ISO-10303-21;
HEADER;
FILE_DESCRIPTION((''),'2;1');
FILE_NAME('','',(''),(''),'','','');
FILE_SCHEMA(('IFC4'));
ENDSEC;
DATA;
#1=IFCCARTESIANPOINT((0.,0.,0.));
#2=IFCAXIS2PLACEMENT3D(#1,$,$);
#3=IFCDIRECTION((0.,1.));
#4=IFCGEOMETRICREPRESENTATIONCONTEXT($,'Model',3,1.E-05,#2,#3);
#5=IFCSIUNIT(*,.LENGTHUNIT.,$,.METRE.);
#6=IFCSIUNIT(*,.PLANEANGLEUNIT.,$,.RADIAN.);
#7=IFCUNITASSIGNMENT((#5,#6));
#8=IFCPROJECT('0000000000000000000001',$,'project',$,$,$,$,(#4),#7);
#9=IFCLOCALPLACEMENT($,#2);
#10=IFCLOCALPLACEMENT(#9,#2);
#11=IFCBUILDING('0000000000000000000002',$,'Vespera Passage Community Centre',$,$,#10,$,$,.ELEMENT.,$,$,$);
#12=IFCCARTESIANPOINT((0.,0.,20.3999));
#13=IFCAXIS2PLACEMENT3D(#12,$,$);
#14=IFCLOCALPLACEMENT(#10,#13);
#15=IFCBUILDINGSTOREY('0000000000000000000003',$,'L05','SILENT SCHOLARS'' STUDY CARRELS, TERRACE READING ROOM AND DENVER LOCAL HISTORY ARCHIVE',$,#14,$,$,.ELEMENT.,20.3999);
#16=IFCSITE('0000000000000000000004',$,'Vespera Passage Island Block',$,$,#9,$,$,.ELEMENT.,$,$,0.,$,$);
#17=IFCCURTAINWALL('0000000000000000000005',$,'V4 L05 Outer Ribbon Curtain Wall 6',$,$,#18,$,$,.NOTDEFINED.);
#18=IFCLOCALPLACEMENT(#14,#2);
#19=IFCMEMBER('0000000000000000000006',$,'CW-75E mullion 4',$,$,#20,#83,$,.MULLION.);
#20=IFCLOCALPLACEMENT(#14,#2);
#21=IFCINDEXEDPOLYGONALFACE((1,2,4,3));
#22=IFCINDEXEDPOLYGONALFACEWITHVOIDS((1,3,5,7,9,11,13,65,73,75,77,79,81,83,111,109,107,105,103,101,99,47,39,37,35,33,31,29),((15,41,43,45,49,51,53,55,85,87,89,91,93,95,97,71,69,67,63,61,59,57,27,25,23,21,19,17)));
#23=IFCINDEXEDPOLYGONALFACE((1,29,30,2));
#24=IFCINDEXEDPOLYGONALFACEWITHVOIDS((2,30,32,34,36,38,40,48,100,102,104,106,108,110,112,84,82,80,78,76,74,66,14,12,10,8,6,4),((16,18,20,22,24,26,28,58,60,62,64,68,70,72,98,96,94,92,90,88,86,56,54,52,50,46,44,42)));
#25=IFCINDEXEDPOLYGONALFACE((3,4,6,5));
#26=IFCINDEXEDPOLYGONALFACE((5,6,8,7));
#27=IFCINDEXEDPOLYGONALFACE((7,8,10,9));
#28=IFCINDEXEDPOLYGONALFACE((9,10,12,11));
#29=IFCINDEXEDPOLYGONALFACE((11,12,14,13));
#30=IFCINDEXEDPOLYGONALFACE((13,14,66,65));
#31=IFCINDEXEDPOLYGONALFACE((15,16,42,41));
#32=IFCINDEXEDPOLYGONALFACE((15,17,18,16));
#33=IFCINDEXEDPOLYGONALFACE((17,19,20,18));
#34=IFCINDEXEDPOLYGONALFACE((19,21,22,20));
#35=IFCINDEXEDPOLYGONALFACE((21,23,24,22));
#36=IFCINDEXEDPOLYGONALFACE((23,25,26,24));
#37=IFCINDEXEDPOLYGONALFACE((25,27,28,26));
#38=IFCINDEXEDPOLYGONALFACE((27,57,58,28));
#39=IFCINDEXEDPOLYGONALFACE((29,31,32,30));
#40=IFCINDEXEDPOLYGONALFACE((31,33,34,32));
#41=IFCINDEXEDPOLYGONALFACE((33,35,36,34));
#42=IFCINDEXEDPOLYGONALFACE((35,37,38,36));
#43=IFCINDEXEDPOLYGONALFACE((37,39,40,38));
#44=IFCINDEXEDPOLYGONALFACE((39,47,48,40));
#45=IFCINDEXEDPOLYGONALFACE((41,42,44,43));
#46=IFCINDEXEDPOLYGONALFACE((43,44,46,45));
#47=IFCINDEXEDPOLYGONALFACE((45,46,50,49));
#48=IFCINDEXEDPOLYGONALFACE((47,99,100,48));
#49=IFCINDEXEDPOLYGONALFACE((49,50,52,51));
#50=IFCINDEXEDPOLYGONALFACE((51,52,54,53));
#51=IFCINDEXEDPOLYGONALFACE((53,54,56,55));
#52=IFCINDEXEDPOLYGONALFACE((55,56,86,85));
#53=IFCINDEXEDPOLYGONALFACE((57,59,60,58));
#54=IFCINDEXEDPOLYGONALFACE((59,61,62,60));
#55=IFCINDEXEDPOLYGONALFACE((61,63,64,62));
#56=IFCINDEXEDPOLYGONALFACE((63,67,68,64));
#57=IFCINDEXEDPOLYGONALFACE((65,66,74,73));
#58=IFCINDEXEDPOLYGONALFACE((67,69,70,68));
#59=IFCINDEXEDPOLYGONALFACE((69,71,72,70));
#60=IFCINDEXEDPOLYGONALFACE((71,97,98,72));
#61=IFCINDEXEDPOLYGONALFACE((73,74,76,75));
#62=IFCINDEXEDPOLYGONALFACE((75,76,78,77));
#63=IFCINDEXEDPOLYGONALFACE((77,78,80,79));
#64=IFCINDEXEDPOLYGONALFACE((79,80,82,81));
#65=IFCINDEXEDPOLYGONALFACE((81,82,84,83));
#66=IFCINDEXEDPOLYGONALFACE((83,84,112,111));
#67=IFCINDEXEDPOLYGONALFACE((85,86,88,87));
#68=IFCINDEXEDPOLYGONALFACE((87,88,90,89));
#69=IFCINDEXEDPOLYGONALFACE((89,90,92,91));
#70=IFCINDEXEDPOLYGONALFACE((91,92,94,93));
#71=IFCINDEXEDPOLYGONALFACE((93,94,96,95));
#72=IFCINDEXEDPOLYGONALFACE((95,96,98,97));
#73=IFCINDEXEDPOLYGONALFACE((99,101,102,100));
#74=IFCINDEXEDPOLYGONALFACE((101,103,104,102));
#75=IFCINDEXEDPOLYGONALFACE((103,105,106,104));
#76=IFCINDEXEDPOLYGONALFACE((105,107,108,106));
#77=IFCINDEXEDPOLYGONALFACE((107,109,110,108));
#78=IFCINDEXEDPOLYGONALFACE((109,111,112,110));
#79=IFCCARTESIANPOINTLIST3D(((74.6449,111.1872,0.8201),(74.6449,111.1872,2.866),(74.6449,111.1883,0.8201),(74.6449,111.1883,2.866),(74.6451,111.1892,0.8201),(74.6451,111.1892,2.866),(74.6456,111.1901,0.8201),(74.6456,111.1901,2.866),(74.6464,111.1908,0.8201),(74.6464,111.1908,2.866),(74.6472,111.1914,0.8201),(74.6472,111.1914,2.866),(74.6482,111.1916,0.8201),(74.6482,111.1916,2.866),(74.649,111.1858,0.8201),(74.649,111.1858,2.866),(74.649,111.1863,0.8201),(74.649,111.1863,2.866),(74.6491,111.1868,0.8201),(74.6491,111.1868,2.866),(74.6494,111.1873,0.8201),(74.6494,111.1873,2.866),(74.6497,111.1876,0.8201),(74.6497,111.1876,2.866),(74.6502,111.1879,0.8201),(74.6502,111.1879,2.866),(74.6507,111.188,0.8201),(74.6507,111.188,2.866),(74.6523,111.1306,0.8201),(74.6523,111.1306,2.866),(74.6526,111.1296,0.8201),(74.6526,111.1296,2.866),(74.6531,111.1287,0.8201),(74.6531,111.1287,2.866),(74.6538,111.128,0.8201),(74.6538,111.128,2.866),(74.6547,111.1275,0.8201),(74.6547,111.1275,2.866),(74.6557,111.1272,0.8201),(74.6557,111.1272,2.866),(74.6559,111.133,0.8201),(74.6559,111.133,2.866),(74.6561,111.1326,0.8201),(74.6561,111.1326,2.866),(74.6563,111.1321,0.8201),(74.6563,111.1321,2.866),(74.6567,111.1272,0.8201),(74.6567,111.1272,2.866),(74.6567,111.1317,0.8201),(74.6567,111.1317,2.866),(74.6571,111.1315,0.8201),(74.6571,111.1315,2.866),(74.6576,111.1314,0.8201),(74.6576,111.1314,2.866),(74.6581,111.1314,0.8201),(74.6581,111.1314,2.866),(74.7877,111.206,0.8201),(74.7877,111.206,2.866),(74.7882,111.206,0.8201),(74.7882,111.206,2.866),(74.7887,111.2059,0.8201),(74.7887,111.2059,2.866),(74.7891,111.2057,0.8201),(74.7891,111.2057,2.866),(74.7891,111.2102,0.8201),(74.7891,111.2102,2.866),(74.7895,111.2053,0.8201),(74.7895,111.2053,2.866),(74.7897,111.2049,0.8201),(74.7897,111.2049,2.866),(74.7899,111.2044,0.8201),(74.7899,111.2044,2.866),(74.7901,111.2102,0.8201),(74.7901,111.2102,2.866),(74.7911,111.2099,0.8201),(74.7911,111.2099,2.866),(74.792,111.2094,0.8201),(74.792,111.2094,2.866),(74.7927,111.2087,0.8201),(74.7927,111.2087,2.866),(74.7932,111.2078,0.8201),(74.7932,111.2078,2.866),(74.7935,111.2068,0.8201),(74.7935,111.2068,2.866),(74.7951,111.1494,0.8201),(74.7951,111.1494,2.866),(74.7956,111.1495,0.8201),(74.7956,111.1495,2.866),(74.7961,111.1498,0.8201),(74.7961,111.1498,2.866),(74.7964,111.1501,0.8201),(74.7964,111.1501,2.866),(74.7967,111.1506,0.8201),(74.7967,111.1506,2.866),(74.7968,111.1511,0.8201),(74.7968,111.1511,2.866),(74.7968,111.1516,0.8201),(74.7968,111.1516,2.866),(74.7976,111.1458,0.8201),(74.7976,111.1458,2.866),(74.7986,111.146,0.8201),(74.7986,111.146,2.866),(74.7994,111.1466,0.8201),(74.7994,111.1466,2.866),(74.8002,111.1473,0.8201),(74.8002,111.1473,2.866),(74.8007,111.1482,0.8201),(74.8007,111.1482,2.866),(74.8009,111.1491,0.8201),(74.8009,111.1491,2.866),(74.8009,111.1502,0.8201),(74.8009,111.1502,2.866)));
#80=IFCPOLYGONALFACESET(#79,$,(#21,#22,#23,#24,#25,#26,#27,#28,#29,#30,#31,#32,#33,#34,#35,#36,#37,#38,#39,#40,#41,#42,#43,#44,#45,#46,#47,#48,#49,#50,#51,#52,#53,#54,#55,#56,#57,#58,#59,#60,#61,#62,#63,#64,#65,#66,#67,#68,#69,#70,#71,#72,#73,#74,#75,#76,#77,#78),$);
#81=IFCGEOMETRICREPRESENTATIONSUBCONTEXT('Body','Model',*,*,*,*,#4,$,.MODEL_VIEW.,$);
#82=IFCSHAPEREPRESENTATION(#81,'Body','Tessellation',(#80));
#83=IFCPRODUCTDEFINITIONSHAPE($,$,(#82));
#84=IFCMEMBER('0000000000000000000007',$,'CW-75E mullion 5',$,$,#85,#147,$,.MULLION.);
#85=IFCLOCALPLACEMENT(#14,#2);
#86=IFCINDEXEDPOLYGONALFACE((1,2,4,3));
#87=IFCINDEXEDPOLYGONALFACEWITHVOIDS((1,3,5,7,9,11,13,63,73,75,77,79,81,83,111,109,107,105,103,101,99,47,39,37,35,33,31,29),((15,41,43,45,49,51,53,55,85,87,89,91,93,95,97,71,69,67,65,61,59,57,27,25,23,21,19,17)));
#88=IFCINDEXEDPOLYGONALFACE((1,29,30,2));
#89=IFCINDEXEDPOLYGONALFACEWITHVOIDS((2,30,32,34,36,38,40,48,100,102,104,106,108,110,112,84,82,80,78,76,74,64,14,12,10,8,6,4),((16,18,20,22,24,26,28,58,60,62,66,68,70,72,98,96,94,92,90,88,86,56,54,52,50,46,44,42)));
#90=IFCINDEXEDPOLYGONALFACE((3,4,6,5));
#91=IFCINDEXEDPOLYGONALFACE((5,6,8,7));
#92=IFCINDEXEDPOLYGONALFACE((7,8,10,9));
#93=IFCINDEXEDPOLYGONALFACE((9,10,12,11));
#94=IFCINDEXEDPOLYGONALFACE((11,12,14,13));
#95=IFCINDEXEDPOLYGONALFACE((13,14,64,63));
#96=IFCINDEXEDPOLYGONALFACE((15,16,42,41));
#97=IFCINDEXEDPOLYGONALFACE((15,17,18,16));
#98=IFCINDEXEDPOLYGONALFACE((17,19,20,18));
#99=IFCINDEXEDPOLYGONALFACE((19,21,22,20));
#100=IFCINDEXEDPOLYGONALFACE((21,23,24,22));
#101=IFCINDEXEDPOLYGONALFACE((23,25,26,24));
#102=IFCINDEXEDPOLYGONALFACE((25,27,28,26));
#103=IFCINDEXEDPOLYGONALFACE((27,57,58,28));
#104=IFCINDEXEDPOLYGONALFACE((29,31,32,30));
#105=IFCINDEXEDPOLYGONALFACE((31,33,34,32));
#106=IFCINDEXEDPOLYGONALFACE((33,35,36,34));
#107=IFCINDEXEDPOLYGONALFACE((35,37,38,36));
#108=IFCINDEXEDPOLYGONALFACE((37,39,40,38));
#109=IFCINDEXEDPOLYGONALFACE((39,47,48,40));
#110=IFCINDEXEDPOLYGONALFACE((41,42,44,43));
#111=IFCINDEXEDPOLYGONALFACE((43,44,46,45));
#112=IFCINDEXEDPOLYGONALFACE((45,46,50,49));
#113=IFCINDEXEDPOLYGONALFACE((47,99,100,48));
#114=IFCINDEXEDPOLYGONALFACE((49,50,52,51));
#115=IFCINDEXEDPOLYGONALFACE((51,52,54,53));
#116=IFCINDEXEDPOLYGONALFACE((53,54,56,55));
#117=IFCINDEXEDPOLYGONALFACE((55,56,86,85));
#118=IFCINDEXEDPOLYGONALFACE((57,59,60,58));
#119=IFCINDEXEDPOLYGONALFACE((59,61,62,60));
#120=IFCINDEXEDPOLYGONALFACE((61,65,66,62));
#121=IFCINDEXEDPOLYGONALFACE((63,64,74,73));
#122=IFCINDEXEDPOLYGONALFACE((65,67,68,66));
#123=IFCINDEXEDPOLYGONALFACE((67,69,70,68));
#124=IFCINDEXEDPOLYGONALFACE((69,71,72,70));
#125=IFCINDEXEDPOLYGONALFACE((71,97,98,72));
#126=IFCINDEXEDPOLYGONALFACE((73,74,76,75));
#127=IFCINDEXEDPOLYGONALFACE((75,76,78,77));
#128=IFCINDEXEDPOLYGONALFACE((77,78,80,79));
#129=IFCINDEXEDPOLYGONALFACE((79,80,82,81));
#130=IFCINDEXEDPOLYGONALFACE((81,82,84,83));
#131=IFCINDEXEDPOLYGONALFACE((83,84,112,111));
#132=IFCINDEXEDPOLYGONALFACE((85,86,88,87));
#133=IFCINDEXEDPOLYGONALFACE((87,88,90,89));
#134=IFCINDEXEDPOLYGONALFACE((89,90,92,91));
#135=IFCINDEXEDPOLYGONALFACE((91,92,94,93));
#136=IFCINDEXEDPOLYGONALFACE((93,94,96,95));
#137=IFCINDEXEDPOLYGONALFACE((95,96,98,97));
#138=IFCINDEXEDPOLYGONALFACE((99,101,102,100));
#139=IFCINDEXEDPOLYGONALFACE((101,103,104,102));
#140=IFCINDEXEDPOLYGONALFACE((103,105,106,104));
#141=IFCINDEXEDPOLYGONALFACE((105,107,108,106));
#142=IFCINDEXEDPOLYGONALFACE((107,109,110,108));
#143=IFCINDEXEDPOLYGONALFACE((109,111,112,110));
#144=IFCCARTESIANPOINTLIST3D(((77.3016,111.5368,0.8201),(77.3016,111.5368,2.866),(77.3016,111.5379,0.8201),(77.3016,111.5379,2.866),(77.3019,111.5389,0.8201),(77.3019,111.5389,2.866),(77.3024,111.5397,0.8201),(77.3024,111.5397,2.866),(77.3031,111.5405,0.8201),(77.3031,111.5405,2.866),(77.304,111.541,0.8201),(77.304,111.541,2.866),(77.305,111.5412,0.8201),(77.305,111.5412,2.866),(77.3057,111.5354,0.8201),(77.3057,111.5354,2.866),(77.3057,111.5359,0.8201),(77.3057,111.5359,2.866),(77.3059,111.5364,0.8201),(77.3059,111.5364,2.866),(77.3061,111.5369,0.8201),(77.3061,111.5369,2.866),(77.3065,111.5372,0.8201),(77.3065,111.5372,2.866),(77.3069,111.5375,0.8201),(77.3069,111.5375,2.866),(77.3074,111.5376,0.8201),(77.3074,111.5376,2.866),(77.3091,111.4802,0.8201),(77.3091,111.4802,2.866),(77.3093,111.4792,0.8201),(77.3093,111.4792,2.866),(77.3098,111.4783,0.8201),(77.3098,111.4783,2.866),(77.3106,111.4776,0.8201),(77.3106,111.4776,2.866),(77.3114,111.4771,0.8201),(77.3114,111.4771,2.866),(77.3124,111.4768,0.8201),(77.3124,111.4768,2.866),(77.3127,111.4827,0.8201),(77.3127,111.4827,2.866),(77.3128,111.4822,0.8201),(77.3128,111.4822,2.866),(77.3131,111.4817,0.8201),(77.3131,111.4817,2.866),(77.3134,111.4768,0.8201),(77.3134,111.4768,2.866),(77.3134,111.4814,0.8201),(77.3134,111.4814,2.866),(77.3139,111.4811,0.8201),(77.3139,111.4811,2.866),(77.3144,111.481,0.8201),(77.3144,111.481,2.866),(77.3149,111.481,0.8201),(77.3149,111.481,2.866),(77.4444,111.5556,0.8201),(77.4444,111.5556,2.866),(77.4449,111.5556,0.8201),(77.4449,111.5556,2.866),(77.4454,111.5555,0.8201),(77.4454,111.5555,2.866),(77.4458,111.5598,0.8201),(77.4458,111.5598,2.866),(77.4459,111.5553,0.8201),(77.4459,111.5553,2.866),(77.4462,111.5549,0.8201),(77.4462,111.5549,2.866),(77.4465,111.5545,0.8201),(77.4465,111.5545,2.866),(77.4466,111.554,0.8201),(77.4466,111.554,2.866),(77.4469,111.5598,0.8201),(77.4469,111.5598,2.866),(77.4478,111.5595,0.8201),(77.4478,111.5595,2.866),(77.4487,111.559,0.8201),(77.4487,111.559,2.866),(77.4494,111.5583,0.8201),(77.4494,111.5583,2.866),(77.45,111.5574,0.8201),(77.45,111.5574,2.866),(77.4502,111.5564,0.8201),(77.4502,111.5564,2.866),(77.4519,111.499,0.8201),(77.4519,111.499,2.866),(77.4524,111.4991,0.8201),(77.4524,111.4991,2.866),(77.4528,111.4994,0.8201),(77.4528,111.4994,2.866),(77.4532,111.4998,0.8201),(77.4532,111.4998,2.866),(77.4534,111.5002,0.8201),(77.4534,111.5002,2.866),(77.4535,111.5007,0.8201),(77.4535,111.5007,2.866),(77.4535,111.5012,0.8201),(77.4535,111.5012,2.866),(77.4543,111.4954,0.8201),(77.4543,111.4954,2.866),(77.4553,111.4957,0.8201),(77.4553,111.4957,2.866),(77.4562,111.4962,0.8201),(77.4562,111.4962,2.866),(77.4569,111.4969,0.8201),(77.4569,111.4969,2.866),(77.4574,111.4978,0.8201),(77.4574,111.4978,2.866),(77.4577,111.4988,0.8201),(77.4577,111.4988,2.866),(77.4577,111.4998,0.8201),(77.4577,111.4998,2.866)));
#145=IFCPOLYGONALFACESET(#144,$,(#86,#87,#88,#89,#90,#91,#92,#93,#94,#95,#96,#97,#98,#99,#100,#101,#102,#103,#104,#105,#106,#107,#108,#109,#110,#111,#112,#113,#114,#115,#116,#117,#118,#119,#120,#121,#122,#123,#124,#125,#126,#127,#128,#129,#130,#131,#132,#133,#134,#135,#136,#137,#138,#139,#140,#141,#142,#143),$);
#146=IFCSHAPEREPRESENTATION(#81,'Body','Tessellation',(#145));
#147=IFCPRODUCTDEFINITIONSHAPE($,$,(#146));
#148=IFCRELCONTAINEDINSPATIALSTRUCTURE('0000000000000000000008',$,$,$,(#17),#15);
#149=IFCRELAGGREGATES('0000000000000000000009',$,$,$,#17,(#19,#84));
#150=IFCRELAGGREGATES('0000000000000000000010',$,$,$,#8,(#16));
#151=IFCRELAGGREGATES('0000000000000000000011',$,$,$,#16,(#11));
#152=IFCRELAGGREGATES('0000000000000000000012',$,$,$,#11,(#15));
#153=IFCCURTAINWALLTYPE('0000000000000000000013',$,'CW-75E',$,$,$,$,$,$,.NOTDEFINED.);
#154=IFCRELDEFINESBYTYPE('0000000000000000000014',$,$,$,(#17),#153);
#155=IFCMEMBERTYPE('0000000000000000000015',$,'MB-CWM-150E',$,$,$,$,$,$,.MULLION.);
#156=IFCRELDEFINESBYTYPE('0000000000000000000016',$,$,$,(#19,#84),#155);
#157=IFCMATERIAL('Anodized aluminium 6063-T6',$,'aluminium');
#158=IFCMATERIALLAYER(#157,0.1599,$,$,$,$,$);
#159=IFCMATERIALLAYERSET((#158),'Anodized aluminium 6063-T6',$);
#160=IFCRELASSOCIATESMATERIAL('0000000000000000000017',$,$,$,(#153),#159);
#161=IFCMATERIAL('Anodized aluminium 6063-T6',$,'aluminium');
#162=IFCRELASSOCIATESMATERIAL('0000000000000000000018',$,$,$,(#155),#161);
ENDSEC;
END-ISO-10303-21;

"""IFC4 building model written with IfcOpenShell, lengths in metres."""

from ifc_helpers import new_model, si_unit, direction, frame, origin, origin_2d, place, context, subcontext, project, spatial, hollow_rectangle, extrude, material, layer, layer_set, material_profile, profile_set, type_object, element, aggregate, save


model = new_model("IFC4")

# Units and contexts
model_context = context("Model", 3, precision=1e-05, world=origin(), true_north=direction((0.0, 1.0)))
body_context = subcontext(model_context, "Body", "Model", "MODEL_VIEW")
ifc_project = project(units=[si_unit("LENGTHUNIT", "METRE"), si_unit("PLANEANGLEUNIT", "RADIAN")], contexts=[model_context])

# Site, building, storey
site_placement = place(None, origin())
site = spatial("IfcSite", under=ifc_project, at=site_placement, Name="Vespera Passage Island Block", CompositionType="ELEMENT", RefElevation=0.0)
building_placement = place(site_placement, origin())
building = spatial("IfcBuilding", under=site, at=building_placement, Name="Vespera Passage Community Centre", CompositionType="ELEMENT")
storey_placement = place(building_placement, frame((0.0, 0.0, 20.3999)))
storey = spatial("IfcBuildingStorey", under=building, at=storey_placement, Name="L05", Description="SILENT SCHOLARS' STUDY CARRELS, TERRACE READING ROOM AND DENVER LOCAL HISTORY ARCHIVE", CompositionType="ELEMENT", Elevation=20.3999)

# Curtain wall, members
ifc_material_1 = material(Name="Anodized aluminium 6063-T6", Category="aluminium")
ifc_layer_1 = layer(ifc_material_1, 0.1599)
ifc_layer_set_1 = layer_set([ifc_layer_1], Name="Anodized aluminium 6063-T6")
curtain_wall_type = type_object("IfcCurtainWallType", Name="CW-75E", PredefinedType="NOTDEFINED", material=ifc_layer_set_1)
curtain_wall_placement = place(storey_placement, origin())
curtain_wall = element("IfcCurtainWall", 1, at=curtain_wall_placement, inside=storey, type_object=curtain_wall_type, Name="V4 L05 Outer Ribbon Curtain Wall 6", PredefinedType="NOTDEFINED")
ifc_material_2 = material(Name="Anodized aluminium 6063-T6", Category="aluminium")
ifc_material_profile_1 = material_profile(ifc_material_2, hollow_rectangle(XDim=0.0649, YDim=0.1499, WallThickness=0.0039, InnerFilletRadius=0.002, OuterFilletRadius=0.0039, at=origin_2d()), Name="ALU150X65X4")
ifc_profile_set_1 = profile_set([ifc_material_profile_1], Name="Anodized aluminium 6063-T6")
member_type_1 = type_object("IfcMemberType", Name="MB-CWM-150E", PredefinedType="MULLION", material=ifc_profile_set_1)
member_1_placement = place(storey_placement, frame((74.7229, 111.1687, 0.8201), z_axis=(0.0, 0.0, 1.0), x_axis=(-0.130531, 0.991444, 0.0)))
member_1 = element("IfcMember", 2, at=member_1_placement, type_object=member_type_1, Name="CW-75E mullion 4", PredefinedType="MULLION", context=body_context, shape_type="SweptSolid", body=[
    extrude(hollow_rectangle(XDim=0.0649, YDim=0.1499, WallThickness=0.0039, InnerFilletRadius=0.002, OuterFilletRadius=0.0039, at=origin_2d()), origin(), (0.0, 0.0, 1.0), 2.0459),
])
member_2_placement = place(storey_placement, frame((77.3796, 111.5183, 0.8201), z_axis=(0.0, 0.0, 1.0), x_axis=(-0.130531, 0.991444, 0.0)))
member_2 = element("IfcMember", 3, at=member_2_placement, type_object=member_type_1, Name="CW-75E mullion 5", PredefinedType="MULLION", context=body_context, shape_type="SweptSolid", body=[
    extrude(hollow_rectangle(XDim=0.0649, YDim=0.1499, WallThickness=0.0039, InnerFilletRadius=0.002, OuterFilletRadius=0.0039, at=origin_2d()), origin(), (0.0, 0.0, 1.0), 2.0459),
])
aggregate(curtain_wall, [member_1, member_2])

save(model, "model.ifc")
